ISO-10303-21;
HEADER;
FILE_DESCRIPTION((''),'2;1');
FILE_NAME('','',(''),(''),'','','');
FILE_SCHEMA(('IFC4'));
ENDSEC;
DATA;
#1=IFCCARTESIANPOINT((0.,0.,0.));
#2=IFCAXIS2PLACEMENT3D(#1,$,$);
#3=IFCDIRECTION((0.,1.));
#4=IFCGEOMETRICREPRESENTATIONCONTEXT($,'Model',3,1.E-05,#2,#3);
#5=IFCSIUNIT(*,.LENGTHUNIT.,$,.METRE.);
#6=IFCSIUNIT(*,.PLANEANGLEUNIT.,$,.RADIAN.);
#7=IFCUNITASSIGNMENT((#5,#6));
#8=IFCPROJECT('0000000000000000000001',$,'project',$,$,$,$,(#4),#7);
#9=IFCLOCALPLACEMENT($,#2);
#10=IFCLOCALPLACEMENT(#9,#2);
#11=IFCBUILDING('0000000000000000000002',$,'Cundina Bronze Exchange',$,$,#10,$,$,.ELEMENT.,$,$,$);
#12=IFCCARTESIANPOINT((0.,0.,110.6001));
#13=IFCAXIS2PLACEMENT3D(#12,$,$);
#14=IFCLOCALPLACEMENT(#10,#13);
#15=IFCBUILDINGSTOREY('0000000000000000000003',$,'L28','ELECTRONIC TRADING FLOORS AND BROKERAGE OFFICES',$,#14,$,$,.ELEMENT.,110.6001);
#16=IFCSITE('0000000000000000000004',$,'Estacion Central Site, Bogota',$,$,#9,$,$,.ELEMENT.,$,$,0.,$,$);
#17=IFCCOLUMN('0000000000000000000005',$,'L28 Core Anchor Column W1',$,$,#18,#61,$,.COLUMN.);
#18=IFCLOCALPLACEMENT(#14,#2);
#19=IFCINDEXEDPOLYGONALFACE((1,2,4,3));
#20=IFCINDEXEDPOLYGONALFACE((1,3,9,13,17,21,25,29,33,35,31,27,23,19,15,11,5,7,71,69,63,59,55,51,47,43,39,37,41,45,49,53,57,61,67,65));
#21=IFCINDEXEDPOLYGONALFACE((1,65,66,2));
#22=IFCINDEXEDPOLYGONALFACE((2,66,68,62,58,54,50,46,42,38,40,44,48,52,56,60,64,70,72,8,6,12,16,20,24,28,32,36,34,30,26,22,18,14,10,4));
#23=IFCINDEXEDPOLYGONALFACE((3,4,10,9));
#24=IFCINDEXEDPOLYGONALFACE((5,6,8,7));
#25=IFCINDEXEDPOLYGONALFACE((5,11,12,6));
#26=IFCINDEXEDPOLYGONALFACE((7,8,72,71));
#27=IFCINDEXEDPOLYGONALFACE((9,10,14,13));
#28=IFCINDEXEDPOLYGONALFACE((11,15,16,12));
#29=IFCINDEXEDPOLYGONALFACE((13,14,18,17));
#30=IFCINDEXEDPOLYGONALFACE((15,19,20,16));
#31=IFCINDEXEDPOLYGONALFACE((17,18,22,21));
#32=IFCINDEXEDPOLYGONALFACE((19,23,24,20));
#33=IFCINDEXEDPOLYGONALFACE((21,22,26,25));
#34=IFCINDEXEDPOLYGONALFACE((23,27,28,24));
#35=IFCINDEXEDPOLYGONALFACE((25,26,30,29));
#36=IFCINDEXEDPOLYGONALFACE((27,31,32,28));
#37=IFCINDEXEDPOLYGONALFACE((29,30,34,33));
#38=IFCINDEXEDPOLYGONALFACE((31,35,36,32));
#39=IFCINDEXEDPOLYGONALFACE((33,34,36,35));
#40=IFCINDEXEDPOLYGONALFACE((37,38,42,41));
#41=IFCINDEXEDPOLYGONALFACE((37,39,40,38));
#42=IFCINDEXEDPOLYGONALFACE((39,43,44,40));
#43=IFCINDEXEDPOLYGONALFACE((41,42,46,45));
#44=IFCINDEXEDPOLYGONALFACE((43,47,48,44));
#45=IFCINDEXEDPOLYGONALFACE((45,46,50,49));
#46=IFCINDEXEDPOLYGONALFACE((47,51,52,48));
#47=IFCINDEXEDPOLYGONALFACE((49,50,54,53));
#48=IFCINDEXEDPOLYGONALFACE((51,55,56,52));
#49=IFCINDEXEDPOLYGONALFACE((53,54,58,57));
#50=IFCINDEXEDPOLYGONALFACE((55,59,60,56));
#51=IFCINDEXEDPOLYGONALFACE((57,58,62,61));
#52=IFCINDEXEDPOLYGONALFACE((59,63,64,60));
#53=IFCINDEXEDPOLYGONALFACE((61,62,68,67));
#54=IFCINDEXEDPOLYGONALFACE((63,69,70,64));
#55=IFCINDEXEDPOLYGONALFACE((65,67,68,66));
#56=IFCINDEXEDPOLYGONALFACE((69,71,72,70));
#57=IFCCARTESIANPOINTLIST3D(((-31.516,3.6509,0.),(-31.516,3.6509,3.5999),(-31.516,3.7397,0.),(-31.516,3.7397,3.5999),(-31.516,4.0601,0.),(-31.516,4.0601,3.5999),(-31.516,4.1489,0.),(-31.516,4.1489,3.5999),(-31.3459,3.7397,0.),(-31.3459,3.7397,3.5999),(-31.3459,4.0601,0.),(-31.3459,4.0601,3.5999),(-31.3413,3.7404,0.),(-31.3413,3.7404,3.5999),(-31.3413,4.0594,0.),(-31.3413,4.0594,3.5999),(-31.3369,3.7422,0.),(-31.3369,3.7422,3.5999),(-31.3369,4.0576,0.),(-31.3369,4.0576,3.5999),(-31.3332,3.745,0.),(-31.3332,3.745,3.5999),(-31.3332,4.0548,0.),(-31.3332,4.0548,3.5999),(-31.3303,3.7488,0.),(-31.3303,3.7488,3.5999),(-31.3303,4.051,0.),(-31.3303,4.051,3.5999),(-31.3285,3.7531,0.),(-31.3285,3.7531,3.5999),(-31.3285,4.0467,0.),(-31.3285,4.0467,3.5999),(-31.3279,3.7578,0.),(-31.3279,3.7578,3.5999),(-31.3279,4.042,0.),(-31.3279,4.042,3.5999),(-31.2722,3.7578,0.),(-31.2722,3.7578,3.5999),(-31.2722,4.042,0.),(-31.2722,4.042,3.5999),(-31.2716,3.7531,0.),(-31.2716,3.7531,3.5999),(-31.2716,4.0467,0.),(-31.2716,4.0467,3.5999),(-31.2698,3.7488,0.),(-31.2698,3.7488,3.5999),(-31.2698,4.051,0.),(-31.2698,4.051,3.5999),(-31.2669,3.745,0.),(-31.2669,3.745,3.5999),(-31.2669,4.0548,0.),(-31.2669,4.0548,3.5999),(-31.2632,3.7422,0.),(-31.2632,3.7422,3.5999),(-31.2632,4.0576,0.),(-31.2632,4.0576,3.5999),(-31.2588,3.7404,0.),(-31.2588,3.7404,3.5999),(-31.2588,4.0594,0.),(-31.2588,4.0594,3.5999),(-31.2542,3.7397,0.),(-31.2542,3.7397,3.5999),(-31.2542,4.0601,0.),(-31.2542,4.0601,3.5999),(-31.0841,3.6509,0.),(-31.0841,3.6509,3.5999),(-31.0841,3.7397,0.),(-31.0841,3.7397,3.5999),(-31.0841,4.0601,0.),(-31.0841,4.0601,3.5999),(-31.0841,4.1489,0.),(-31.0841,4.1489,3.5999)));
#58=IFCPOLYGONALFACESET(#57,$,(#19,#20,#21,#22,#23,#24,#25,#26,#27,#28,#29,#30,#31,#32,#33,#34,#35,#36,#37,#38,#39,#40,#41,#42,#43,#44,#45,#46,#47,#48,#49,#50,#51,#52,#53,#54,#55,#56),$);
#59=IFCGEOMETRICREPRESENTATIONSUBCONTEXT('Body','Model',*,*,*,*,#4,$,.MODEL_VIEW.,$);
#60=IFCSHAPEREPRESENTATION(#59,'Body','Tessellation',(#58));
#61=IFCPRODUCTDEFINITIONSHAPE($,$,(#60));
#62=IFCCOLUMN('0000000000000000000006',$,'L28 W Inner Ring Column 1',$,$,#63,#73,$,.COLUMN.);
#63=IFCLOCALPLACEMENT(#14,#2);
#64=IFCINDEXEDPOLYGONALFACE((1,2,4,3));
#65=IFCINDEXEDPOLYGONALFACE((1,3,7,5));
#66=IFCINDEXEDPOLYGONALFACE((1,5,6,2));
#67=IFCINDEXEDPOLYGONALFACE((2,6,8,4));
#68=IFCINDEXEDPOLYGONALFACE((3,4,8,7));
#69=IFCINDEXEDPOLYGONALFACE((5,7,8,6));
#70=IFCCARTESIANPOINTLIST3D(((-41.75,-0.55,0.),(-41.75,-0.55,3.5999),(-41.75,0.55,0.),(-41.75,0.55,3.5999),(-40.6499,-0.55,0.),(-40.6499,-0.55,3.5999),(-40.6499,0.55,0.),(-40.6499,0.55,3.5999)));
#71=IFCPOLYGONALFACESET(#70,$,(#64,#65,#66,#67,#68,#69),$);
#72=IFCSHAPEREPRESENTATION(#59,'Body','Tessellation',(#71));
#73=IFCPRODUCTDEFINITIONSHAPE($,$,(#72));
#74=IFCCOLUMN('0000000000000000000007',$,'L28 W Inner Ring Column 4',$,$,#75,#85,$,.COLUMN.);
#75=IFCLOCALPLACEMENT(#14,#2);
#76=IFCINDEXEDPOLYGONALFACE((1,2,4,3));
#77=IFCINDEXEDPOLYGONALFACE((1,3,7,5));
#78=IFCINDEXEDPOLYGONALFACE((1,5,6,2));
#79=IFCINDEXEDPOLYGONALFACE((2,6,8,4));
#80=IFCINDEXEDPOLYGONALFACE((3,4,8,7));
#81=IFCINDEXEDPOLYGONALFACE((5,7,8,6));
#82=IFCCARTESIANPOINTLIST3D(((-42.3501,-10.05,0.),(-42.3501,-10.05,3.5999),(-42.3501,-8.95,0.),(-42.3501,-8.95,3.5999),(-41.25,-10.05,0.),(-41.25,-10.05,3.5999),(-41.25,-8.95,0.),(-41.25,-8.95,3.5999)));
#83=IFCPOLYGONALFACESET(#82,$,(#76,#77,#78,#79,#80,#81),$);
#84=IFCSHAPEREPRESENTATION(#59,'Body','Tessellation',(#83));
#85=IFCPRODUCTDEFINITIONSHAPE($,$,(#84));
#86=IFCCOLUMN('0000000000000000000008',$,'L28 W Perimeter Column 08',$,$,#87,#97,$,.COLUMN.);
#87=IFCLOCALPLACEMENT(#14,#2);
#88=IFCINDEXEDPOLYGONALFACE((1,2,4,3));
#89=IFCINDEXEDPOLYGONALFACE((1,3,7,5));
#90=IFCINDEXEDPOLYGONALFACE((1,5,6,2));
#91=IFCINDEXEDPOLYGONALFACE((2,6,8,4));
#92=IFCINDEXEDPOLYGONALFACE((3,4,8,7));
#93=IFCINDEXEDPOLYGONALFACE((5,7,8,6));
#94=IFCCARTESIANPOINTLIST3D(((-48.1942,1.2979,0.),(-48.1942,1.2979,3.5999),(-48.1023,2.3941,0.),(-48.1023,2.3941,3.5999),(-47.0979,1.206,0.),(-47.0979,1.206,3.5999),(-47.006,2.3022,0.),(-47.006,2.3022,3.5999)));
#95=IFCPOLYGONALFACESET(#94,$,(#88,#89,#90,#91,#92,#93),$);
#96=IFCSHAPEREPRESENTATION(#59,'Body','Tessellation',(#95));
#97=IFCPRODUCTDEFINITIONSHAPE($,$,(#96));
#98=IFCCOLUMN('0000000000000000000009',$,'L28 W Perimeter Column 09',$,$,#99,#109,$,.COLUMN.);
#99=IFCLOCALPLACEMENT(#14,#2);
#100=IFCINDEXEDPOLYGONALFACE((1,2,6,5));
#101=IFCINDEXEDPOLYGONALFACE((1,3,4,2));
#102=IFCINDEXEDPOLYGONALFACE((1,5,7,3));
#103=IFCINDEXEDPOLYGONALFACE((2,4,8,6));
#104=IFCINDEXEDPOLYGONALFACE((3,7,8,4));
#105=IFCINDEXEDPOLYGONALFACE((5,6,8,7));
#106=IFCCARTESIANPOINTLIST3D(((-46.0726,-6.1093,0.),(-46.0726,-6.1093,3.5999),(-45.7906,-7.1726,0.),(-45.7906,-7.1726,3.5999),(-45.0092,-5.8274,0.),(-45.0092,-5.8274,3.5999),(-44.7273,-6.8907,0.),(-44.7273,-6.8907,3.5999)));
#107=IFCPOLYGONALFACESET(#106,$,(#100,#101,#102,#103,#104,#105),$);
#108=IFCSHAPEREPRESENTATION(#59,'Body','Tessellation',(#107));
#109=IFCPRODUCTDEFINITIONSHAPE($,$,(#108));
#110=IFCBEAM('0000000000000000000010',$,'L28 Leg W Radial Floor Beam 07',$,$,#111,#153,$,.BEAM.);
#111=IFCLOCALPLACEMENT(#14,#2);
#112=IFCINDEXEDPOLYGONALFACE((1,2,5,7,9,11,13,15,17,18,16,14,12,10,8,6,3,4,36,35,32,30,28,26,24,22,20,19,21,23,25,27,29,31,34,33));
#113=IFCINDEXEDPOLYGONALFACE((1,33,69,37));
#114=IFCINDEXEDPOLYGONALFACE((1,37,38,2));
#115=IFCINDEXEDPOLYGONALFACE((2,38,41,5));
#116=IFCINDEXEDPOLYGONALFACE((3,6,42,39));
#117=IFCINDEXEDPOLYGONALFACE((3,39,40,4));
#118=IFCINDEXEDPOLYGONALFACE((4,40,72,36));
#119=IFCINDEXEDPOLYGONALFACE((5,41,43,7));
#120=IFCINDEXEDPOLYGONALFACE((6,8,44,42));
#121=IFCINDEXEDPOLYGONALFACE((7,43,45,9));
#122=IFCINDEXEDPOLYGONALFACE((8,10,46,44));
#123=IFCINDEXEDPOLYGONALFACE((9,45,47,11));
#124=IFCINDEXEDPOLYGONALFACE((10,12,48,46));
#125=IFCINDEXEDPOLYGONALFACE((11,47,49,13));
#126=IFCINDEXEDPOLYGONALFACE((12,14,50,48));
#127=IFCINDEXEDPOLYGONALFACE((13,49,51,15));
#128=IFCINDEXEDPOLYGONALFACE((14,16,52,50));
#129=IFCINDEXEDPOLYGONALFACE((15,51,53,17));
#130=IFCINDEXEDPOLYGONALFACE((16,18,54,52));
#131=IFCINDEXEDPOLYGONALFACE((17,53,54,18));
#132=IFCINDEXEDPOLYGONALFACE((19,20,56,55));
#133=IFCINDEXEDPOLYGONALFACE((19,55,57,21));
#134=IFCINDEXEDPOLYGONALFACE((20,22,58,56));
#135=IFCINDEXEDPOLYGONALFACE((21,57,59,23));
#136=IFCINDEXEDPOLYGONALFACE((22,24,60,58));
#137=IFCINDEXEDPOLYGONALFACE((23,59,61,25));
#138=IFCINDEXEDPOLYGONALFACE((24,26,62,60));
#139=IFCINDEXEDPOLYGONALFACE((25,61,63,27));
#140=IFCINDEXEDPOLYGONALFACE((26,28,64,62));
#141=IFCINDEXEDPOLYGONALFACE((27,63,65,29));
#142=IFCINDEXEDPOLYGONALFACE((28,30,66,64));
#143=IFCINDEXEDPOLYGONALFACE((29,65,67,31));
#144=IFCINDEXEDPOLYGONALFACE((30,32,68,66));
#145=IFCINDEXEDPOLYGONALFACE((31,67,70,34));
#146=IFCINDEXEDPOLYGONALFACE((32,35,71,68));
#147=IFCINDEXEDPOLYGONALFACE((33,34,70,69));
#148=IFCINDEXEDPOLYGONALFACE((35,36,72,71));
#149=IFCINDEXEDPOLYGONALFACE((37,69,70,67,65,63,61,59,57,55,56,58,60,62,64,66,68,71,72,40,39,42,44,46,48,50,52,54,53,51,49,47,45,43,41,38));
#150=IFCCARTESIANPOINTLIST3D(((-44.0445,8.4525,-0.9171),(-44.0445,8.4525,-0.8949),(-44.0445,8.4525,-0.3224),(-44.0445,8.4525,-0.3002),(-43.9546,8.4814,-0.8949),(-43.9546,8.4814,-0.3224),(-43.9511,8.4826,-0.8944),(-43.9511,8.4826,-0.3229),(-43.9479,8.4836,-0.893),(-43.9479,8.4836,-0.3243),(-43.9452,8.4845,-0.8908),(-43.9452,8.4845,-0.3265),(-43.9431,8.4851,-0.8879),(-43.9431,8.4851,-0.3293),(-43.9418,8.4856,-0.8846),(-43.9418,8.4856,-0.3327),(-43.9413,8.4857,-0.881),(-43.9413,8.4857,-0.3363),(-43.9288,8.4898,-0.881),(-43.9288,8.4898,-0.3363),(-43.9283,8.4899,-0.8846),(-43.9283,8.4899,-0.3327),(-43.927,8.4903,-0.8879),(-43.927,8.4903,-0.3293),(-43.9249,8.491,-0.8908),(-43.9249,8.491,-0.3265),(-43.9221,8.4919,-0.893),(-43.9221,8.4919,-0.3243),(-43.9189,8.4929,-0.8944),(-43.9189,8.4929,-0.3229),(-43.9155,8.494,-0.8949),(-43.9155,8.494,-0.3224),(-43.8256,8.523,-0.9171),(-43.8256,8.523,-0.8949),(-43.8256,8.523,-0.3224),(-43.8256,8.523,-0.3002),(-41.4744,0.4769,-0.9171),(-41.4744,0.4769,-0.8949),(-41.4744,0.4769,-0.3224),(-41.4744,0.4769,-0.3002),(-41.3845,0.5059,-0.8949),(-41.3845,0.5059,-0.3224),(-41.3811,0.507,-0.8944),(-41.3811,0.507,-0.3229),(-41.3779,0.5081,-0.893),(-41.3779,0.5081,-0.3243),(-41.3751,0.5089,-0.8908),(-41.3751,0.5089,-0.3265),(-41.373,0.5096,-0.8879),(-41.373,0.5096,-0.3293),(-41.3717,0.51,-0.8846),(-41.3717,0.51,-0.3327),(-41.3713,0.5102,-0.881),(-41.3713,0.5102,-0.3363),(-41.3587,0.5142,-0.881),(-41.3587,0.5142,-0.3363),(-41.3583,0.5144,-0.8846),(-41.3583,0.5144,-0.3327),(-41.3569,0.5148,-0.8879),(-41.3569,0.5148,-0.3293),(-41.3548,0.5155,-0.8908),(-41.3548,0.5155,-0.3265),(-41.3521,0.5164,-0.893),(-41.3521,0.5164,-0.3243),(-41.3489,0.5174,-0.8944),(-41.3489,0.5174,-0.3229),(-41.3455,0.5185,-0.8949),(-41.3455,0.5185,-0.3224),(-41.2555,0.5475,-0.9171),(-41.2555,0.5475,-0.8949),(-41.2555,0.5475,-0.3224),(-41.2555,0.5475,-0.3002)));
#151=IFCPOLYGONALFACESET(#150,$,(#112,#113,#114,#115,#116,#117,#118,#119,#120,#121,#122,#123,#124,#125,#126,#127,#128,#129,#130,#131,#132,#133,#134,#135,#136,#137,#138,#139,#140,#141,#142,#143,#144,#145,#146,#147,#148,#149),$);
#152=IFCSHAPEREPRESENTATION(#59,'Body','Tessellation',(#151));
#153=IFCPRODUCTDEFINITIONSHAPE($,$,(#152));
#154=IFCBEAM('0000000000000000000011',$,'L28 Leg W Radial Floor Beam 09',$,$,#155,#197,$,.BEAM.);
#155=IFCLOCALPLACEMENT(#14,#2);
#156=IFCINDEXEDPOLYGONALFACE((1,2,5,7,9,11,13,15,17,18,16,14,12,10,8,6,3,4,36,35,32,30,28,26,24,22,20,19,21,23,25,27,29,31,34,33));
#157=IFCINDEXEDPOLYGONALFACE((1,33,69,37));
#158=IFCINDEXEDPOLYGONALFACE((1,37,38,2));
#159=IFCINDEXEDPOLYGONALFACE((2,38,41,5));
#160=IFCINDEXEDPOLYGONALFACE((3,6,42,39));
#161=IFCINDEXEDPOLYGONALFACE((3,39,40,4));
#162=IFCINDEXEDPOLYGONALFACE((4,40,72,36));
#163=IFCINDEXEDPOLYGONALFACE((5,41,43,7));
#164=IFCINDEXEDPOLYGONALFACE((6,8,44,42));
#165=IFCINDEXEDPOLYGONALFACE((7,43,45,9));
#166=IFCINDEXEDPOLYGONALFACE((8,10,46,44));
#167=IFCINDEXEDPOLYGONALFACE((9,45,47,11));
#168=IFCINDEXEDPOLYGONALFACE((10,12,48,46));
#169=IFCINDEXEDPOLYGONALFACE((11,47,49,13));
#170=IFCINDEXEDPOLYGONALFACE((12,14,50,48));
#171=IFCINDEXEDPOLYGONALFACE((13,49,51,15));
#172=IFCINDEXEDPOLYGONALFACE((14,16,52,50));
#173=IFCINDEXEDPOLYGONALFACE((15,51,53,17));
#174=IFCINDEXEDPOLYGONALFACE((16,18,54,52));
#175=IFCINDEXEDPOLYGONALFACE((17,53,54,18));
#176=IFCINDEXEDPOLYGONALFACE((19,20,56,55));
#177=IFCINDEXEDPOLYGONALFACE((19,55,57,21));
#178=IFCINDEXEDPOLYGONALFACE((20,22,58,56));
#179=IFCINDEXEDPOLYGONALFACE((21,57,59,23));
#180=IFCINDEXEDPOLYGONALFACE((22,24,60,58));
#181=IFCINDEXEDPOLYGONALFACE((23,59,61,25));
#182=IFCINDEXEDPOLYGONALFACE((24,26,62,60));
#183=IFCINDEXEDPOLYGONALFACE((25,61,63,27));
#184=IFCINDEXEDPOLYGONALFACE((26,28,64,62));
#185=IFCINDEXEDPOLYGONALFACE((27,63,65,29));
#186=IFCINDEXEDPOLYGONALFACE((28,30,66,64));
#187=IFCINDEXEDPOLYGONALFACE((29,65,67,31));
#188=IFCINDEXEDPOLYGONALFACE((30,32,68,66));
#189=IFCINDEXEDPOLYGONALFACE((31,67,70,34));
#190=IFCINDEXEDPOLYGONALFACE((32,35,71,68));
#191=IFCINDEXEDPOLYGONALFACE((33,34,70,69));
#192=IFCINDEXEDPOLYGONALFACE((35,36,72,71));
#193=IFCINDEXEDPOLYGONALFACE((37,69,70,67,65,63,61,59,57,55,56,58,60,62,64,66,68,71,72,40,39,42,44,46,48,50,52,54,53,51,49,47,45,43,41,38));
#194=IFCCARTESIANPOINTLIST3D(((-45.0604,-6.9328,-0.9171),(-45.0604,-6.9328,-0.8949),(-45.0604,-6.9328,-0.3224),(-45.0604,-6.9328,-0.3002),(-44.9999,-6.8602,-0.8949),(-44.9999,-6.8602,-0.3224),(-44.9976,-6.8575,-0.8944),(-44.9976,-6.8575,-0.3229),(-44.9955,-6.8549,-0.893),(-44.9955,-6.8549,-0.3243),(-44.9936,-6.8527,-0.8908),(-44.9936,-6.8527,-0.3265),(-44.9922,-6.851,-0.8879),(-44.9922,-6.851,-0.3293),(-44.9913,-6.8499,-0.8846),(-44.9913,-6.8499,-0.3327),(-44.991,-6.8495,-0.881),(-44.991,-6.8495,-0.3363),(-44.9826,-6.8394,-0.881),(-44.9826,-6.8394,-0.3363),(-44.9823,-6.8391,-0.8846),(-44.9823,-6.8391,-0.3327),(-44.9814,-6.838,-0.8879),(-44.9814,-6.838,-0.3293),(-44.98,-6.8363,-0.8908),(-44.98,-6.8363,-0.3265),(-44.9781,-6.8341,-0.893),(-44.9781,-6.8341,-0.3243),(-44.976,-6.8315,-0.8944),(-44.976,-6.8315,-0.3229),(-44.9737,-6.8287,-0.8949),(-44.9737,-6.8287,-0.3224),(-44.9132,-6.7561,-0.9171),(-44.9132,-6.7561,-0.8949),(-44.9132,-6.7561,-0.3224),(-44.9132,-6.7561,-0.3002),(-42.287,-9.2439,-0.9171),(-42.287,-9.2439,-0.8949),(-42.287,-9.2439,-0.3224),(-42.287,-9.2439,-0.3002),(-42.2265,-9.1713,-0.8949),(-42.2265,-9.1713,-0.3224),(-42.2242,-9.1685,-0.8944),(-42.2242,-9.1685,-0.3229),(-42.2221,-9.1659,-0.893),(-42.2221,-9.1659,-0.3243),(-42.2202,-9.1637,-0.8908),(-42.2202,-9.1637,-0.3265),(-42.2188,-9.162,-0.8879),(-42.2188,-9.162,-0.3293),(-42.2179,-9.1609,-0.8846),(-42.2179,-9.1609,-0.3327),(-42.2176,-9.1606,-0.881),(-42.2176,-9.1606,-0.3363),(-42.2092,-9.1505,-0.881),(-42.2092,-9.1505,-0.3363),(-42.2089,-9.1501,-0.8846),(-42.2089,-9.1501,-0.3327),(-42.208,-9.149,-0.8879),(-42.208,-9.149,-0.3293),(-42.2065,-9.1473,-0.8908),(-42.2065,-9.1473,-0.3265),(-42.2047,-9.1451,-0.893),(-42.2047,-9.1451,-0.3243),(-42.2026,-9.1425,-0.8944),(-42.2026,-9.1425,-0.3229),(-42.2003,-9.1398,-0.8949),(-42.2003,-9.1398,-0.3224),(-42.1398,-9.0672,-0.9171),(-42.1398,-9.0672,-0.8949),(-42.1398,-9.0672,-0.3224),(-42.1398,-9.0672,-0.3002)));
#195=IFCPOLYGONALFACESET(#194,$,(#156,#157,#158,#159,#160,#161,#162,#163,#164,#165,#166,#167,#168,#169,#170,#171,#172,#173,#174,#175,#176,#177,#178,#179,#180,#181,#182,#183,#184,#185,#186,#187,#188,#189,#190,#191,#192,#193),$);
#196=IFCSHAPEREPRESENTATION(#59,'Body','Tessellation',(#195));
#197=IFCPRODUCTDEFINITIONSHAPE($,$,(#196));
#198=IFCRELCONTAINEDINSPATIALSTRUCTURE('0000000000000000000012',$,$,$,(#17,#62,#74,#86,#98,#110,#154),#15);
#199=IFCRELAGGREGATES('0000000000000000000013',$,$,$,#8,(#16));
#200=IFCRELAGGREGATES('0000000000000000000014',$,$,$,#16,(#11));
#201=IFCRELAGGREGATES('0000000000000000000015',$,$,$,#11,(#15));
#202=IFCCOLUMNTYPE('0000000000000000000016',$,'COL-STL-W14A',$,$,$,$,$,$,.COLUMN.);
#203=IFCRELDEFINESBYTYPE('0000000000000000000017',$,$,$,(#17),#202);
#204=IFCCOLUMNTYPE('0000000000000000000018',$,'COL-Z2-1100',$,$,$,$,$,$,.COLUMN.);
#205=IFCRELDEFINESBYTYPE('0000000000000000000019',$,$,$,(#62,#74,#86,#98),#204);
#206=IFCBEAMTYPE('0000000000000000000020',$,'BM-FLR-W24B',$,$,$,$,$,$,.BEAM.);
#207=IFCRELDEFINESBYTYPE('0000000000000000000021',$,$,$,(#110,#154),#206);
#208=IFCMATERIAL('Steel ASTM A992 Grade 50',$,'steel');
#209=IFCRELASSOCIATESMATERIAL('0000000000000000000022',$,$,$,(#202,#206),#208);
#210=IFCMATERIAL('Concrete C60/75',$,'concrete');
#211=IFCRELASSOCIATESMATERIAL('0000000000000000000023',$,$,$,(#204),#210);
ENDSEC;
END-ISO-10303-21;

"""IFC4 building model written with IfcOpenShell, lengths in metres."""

from ifc_helpers import new_model, si_unit, direction, frame, origin, origin_2d, place, context, subcontext, project, spatial, rectangle, i_section, extrude, material, material_profile, profile_set, type_object, element, save


model = new_model("IFC4")

# Units and contexts
model_context = context("Model", 3, precision=1e-05, world=origin(), true_north=direction((0.0, 1.0)))
body_context = subcontext(model_context, "Body", "Model", "MODEL_VIEW")
ifc_project = project(units=[si_unit("LENGTHUNIT", "METRE"), si_unit("PLANEANGLEUNIT", "RADIAN")], contexts=[model_context])

# Site, building, storey
site_placement = place(None, origin())
site = spatial("IfcSite", under=ifc_project, at=site_placement, Name="Estacion Central Site, Bogota", CompositionType="ELEMENT", RefElevation=0.0)
building_placement = place(site_placement, origin())
building = spatial("IfcBuilding", under=site, at=building_placement, Name="Cundina Bronze Exchange", CompositionType="ELEMENT")
storey_placement = place(building_placement, frame((0.0, 0.0, 110.6001)))
storey = spatial("IfcBuildingStorey", under=building, at=storey_placement, Name="L28", Description="ELECTRONIC TRADING FLOORS AND BROKERAGE OFFICES", CompositionType="ELEMENT", Elevation=110.6001)

# Columns
ifc_material_1 = material(Name="Steel ASTM A992 Grade 50", Category="steel")
ifc_material_profile_1 = material_profile(ifc_material_1, i_section(OverallWidth=0.4319, OverallDepth=0.498, WebThickness=0.0557, FlangeThickness=0.0889, FilletRadius=0.0181, at=origin_2d()), Name="W14X500", Category="steel")
ifc_profile_set_1 = profile_set([ifc_material_profile_1], Name="Steel ASTM A992 Grade 50")
column_type_1 = type_object("IfcColumnType", Name="COL-STL-W14A", PredefinedType="COLUMN", material=ifc_profile_set_1)
column_placement = place(storey_placement, frame((-31.3, 3.8999, 0.0), z_axis=(0.0, 0.0, 1.0), x_axis=(1.0, 0.0, 0.0)))
element("IfcColumn", 1, at=column_placement, inside=storey, type_object=column_type_1, Name="L28 Core Anchor Column W1", PredefinedType="COLUMN", context=body_context, shape_type="SweptSolid", body=[
    extrude(i_section(OverallWidth=0.4319, OverallDepth=0.498, WebThickness=0.0557, FlangeThickness=0.0889, FilletRadius=0.0181, at=origin_2d()), origin(), (0.0, 0.0, 1.0), 3.5999),
])
ifc_material_2 = material(Name="Concrete C60/75", Category="concrete")
ifc_material_profile_2 = material_profile(ifc_material_2, rectangle(XDim=1.1001, YDim=1.1001, at=origin_2d()), Name="RC1100X1100", Category="concrete")
ifc_profile_set_2 = profile_set([ifc_material_profile_2], Name="Concrete C60/75")
column_type_2 = type_object("IfcColumnType", Name="COL-Z2-1100", PredefinedType="COLUMN", material=ifc_profile_set_2)
for number, where, z_axis, x_axis, name in (
    (2, (-41.2, 0.0, 0.0), (0.0, 0.0, 1.0), (1.0, 0.0, 0.0), "L28 W Inner Ring Column 1"),
    (3, (-41.8, -9.5, 0.0), (0.0, 0.0, 1.0), (1.0, 0.0, 0.0), "L28 W Inner Ring Column 4"),
    (4, (-47.6001, 1.8, 0.0), (0.0, 0.0, 1.0), (-0.083504, -0.996507, 0.0), "L28 W Perimeter Column 08"),
    (5, (-45.3999, -6.5, 0.0), (0.0, 0.0, 1.0), (0.256289, -0.9666, 0.0), "L28 W Perimeter Column 09"),
):
    element("IfcColumn", number, at=place(storey_placement, frame(where, z_axis=z_axis, x_axis=x_axis)), inside=storey, type_object=column_type_2, Name=name, PredefinedType="COLUMN", context=body_context, shape_type="SweptSolid", body=[
        extrude(rectangle(XDim=1.1001, YDim=1.1001, at=origin_2d()), origin(), (0.0, 0.0, 1.0), 3.5999),
    ])

# Beams
ifc_material_profile_3 = material_profile(ifc_material_1, i_section(OverallWidth=0.23, OverallDepth=0.6169, WebThickness=0.0132, FlangeThickness=0.0222, FilletRadius=0.0139, at=origin_2d()), Name="W24X94", Category="steel")
ifc_profile_set_3 = profile_set([ifc_material_profile_3], Name="Steel ASTM A992 Grade 50")
beam_type_1 = type_object("IfcBeamType", Name="BM-FLR-W24B", PredefinedType="BEAM", material=ifc_profile_set_3)
beam_1_placement = place(storey_placement, frame((-41.365, 0.5122, -0.6086), z_axis=(-0.306711, 0.951803, 0.0), x_axis=(-0.951803, -0.306711, 0.0)))
element("IfcBeam", 6, at=beam_1_placement, inside=storey, type_object=beam_type_1, Name="L28 Leg W Radial Floor Beam 07", PredefinedType="BEAM", context=body_context, shape_type="SweptSolid", body=[
    extrude(i_section(OverallWidth=0.23, OverallDepth=0.6169, WebThickness=0.0132, FlangeThickness=0.0222, FilletRadius=0.0139, at=origin_2d()), origin(), (0.0, 0.0, 1.0), 8.3794),
])
beam_2_placement = place(storey_placement, frame((-42.2134, -9.1555, -0.6086), z_axis=(-0.768243, 0.640158, 0.0), x_axis=(-0.640158, -0.768243, 0.0)))
element("IfcBeam", 7, at=beam_2_placement, inside=storey, type_object=beam_type_1, Name="L28 Leg W Radial Floor Beam 09", PredefinedType="BEAM", context=body_context, shape_type="SweptSolid", body=[
    extrude(i_section(OverallWidth=0.23, OverallDepth=0.6169, WebThickness=0.0132, FlangeThickness=0.0222, FilletRadius=0.0139, at=origin_2d()), origin(), (0.0, 0.0, 1.0), 3.6101),
])

save(model, "model.ifc")
